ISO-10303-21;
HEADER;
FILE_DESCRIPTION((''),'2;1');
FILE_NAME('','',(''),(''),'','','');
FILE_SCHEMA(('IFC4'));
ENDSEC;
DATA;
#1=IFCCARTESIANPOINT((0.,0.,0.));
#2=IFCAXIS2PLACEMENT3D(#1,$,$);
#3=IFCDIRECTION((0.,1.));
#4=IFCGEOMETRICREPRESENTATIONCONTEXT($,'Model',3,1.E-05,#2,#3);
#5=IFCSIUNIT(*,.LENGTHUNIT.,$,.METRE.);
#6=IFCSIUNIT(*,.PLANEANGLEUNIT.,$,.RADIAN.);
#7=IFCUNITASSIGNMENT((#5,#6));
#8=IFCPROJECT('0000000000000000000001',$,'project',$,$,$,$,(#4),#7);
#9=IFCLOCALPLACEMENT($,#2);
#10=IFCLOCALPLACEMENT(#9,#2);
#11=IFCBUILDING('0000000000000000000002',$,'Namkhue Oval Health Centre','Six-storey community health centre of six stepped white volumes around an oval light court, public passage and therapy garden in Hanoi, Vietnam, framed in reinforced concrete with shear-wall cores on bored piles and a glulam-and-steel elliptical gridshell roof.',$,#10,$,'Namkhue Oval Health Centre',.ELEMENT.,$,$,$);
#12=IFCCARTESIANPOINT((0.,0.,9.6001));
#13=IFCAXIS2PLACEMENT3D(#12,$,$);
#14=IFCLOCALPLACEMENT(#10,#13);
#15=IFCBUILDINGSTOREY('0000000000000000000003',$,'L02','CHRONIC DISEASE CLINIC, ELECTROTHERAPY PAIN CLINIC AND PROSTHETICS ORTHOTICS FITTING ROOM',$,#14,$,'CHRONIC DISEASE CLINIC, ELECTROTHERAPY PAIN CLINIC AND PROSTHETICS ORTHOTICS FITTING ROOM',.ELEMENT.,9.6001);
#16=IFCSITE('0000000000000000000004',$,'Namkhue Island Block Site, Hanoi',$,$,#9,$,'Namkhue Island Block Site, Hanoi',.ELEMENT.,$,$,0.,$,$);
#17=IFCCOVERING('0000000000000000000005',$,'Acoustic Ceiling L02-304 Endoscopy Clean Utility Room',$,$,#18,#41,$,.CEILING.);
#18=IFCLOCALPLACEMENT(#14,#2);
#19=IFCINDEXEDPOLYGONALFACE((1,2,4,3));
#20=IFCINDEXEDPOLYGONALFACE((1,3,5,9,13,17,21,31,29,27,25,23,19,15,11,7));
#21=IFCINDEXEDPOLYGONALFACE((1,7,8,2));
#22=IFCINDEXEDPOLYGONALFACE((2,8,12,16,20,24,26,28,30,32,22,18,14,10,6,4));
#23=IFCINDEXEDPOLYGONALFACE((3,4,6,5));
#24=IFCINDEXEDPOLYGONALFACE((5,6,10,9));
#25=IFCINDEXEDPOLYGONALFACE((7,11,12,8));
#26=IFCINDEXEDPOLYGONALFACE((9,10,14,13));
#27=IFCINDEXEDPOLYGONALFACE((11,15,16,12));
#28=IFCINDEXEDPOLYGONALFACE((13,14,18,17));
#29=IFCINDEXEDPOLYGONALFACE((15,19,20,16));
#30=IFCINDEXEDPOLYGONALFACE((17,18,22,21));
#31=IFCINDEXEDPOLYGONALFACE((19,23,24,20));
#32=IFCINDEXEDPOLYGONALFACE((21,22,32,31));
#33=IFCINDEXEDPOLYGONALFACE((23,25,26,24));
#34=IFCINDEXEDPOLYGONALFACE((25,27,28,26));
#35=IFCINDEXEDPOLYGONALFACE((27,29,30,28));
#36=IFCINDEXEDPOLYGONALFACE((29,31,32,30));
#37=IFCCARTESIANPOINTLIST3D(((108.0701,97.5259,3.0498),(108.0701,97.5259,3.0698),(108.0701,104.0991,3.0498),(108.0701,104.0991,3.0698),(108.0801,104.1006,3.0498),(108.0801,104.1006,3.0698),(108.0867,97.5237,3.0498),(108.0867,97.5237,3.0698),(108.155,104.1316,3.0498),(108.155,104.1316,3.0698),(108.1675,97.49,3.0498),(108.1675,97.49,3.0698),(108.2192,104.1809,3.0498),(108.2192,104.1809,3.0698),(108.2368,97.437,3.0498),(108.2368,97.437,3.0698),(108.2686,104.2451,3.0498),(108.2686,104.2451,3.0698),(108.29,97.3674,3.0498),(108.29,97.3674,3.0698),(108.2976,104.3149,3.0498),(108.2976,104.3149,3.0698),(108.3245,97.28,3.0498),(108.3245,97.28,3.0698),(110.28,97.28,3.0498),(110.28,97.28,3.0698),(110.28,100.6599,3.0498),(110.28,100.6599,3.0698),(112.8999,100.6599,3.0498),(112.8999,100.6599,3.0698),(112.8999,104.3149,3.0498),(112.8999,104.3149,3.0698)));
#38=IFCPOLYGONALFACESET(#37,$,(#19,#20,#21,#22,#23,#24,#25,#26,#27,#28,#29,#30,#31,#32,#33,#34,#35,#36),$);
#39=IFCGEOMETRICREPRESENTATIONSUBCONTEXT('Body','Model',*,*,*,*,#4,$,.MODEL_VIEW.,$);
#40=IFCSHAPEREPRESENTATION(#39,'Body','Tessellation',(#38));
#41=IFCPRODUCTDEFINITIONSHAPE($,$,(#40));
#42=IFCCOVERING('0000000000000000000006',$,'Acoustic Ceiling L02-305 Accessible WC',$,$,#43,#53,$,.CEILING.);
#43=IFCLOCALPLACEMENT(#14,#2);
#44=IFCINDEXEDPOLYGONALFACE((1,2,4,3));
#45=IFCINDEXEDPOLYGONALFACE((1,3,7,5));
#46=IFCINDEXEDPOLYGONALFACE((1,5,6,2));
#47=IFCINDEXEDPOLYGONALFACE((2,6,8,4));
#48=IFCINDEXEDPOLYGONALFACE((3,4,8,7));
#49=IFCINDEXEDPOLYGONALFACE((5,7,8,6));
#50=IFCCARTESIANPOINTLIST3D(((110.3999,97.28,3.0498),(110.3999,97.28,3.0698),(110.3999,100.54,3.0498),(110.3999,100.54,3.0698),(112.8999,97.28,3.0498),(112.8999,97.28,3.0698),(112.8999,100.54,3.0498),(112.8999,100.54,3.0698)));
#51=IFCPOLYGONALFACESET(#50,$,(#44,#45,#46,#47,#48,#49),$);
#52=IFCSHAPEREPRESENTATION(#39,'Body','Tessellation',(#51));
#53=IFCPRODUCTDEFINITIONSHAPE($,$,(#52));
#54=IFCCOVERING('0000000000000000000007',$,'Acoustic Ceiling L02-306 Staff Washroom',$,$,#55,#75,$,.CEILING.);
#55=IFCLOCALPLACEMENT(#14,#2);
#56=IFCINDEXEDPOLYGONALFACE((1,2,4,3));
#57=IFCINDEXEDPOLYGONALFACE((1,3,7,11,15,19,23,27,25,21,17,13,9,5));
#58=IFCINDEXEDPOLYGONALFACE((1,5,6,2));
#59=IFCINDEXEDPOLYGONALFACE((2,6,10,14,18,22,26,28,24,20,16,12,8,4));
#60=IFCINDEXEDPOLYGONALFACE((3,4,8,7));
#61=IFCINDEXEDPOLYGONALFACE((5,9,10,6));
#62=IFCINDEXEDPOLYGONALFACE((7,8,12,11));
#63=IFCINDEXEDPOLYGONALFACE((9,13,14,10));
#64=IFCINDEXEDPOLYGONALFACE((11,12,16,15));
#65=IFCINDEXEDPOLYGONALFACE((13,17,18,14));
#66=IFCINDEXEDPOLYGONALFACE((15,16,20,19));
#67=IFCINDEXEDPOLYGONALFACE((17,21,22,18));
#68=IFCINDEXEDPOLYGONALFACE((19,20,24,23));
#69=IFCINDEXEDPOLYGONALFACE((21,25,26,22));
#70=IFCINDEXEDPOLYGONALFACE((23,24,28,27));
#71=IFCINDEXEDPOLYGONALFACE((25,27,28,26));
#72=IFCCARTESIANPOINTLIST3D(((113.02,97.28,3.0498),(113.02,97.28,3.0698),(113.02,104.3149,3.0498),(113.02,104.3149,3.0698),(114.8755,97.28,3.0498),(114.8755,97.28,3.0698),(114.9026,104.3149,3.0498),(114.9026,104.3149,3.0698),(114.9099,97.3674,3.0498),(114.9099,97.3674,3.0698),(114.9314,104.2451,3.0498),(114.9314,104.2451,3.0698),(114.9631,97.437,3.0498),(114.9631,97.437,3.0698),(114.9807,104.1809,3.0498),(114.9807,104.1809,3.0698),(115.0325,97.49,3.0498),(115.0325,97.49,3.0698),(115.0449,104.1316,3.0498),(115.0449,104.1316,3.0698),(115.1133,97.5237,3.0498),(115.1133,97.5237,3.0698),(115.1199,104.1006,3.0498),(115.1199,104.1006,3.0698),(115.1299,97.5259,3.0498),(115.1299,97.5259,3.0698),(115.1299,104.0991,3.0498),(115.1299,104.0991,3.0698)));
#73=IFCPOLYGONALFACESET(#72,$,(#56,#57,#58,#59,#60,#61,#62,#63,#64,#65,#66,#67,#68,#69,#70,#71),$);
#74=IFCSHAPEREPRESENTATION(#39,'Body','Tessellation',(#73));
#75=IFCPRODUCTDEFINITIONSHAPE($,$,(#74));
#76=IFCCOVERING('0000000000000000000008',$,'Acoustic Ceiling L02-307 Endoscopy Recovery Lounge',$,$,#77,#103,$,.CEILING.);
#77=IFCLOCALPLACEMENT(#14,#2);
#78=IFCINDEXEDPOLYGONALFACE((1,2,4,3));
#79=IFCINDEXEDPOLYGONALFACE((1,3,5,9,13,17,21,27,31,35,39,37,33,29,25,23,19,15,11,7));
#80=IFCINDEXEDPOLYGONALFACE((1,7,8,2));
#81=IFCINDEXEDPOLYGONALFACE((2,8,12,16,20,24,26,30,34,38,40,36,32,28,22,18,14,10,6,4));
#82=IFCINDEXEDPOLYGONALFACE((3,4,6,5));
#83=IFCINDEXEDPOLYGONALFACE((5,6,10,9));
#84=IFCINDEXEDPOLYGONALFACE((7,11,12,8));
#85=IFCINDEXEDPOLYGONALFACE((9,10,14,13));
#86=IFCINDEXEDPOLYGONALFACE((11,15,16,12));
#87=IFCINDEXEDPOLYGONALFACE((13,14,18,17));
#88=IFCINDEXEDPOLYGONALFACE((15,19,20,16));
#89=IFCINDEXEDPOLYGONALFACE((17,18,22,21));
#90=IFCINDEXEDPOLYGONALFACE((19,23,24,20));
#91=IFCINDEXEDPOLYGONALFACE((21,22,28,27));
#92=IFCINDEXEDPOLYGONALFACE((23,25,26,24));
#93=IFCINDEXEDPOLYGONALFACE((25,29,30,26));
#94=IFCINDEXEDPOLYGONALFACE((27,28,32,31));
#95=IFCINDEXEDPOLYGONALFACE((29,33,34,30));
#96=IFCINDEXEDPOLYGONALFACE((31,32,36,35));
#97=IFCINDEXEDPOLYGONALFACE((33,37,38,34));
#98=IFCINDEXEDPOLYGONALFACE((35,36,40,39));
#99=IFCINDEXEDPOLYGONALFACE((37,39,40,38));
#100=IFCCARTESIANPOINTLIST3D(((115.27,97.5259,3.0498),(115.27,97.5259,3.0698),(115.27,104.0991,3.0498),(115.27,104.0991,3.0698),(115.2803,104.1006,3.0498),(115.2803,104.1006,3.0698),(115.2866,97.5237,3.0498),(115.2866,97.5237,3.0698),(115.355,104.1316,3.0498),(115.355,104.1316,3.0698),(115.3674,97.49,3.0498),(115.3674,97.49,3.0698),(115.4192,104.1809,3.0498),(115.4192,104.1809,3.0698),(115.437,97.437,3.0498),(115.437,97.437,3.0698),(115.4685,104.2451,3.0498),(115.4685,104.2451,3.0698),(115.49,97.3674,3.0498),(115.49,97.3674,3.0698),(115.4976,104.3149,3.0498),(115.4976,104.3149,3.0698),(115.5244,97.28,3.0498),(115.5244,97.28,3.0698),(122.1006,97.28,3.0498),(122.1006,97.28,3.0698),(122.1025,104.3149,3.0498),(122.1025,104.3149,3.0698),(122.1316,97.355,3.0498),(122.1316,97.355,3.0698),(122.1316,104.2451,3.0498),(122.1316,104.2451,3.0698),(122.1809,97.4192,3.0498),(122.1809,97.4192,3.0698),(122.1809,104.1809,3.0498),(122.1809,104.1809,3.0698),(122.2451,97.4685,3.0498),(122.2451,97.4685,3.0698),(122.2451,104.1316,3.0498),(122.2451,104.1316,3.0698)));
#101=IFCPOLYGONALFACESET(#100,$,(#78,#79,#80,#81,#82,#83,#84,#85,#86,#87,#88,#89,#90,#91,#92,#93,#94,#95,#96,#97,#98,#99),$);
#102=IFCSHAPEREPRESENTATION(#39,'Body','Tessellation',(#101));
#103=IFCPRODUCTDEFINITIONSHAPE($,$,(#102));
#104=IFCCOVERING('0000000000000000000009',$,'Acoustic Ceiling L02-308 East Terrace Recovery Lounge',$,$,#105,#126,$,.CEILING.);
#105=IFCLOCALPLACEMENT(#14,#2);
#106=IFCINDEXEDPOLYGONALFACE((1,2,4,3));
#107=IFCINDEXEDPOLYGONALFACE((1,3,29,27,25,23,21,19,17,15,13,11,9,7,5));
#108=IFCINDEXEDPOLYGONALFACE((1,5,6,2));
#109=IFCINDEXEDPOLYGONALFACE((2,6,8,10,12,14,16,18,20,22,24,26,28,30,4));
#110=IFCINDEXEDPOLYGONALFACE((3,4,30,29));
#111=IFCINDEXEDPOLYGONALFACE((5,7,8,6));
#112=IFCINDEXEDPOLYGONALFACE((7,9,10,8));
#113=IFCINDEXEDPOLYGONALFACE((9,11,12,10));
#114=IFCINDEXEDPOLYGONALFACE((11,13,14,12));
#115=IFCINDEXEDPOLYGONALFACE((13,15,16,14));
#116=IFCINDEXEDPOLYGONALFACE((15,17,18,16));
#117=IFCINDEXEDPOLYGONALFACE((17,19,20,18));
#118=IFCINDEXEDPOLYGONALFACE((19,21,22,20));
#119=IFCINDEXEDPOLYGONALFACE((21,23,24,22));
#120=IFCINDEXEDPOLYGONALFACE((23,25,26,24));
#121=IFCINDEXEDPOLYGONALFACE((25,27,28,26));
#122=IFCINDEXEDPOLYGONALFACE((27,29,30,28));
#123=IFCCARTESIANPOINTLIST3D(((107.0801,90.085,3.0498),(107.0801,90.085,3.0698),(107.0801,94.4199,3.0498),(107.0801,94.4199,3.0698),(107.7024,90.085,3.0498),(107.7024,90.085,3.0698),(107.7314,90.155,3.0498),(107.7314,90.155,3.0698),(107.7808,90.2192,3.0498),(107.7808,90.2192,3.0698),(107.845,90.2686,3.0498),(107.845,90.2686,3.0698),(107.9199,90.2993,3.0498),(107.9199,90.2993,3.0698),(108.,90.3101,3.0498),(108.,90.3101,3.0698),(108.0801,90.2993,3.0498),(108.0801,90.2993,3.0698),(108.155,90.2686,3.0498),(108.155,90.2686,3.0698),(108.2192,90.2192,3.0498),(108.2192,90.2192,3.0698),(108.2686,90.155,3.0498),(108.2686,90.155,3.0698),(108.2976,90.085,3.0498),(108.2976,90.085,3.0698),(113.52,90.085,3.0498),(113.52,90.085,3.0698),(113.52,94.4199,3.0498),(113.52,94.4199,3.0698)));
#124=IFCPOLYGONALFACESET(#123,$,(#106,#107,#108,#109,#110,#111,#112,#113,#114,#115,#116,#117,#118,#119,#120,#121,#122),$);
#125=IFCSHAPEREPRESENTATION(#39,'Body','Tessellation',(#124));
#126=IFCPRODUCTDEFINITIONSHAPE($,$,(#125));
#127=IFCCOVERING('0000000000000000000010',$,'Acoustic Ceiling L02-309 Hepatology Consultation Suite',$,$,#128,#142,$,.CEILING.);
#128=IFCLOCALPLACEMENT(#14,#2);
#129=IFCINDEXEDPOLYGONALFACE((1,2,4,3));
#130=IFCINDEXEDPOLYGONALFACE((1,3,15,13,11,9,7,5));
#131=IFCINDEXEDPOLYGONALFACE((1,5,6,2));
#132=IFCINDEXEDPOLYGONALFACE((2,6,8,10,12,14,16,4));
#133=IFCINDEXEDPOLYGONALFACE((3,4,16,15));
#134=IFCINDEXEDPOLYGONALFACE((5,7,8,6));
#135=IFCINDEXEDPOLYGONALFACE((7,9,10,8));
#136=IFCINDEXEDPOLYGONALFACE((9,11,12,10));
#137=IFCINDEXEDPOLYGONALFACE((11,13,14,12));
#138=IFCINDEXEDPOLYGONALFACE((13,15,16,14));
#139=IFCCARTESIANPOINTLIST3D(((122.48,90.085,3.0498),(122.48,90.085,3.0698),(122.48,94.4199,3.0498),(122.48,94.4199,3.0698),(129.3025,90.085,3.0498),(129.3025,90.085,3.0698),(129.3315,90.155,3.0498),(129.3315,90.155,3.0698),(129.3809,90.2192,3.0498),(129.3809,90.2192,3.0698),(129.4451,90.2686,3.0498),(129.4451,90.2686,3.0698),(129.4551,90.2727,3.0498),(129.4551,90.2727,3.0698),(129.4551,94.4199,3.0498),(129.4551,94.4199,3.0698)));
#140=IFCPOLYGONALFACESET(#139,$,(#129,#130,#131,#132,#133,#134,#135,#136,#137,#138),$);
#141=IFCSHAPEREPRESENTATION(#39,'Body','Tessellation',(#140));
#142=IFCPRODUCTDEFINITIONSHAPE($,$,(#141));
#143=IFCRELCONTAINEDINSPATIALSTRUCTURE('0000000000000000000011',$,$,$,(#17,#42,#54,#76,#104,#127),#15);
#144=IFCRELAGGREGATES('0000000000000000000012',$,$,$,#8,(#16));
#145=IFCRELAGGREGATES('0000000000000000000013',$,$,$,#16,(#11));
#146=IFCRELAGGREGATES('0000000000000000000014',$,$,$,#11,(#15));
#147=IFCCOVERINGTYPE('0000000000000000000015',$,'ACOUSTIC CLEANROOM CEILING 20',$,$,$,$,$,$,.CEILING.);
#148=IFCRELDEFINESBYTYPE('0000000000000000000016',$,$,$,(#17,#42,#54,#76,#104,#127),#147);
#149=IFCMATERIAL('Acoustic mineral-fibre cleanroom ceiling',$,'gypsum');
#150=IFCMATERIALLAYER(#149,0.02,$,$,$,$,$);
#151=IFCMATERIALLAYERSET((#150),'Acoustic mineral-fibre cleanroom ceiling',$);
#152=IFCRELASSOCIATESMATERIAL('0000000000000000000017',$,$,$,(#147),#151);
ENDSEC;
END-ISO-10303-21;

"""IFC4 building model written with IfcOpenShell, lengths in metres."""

from ifc_helpers import new_model, si_unit, direction, frame, origin, place, context, subcontext, project, spatial, polyline, outline, extrude, material, layer, layer_set, type_object, element, save


model = new_model("IFC4")

# Units and contexts
model_context = context("Model", 3, precision=1e-05, world=origin(), true_north=direction((0.0, 1.0)))
body_context = subcontext(model_context, "Body", "Model", "MODEL_VIEW")
ifc_project = project(units=[si_unit("LENGTHUNIT", "METRE"), si_unit("PLANEANGLEUNIT", "RADIAN")], contexts=[model_context])

# Site, building, storey
site_placement = place(None, origin())
site = spatial("IfcSite", under=ifc_project, at=site_placement, Name="Namkhue Island Block Site, Hanoi", LongName="Namkhue Island Block Site, Hanoi", CompositionType="ELEMENT", RefElevation=0.0)
building_placement = place(site_placement, origin())
building = spatial("IfcBuilding", under=site, at=building_placement, Name="Namkhue Oval Health Centre", Description="Six-storey community health centre of six stepped white volumes around an oval light court, public passage and therapy garden in Hanoi, Vietnam, framed in reinforced concrete with shear-wall cores on bored piles and a glulam-and-steel elliptical gridshell roof.", LongName="Namkhue Oval Health Centre", CompositionType="ELEMENT")
storey_placement = place(building_placement, frame((0.0, 0.0, 9.6001)))
storey = spatial("IfcBuildingStorey", under=building, at=storey_placement, Name="L02", Description="CHRONIC DISEASE CLINIC, ELECTROTHERAPY PAIN CLINIC AND PROSTHETICS ORTHOTICS FITTING ROOM", LongName="CHRONIC DISEASE CLINIC, ELECTROTHERAPY PAIN CLINIC AND PROSTHETICS ORTHOTICS FITTING ROOM", CompositionType="ELEMENT", Elevation=9.6001)

# Coverings
ifc_material = material(Name="Acoustic mineral-fibre cleanroom ceiling", Category="gypsum")
ifc_layer = layer(ifc_material, 0.02)
ifc_layer_set = layer_set([ifc_layer], Name="Acoustic mineral-fibre cleanroom ceiling")
covering_type = type_object("IfcCoveringType", Name="ACOUSTIC CLEANROOM CEILING 20", PredefinedType="CEILING", material=ifc_layer_set)
covering_1_placement = place(storey_placement, frame((0.0, 0.0, 3.0498)))
element("IfcCovering", 1, at=covering_1_placement, inside=storey, type_object=covering_type, Name="Acoustic Ceiling L02-304 Endoscopy Clean Utility Room", PredefinedType="CEILING", context=body_context, shape_type="SweptSolid", body=[
    extrude(outline(polyline([(112.8999, 104.3149), (112.8999, 100.6599), (110.28, 100.6599), (110.28, 97.28), (108.3245, 97.28), (108.29, 97.3674), (108.2368, 97.437), (108.1675, 97.49), (108.0867, 97.5237), (108.0701, 97.5259), (108.0701, 104.0991), (108.0801, 104.1006), (108.155, 104.1316), (108.2192, 104.1809), (108.2686, 104.2451), (108.2976, 104.3149), (112.8999, 104.3149)])), origin(), (0.0, 0.0, 1.0), 0.02),
])
covering_2_placement = place(storey_placement, frame((0.0, 0.0, 3.0498)))
element("IfcCovering", 2, at=covering_2_placement, inside=storey, type_object=covering_type, Name="Acoustic Ceiling L02-305 Accessible WC", PredefinedType="CEILING", context=body_context, shape_type="SweptSolid", body=[
    extrude(outline(polyline([(112.8999, 100.54), (112.8999, 97.28), (110.3999, 97.28), (110.3999, 100.54), (112.8999, 100.54)])), origin(), (0.0, 0.0, 1.0), 0.02),
])
covering_3_placement = place(storey_placement, frame((0.0, 0.0, 3.0498)))
element("IfcCovering", 3, at=covering_3_placement, inside=storey, type_object=covering_type, Name="Acoustic Ceiling L02-306 Staff Washroom", PredefinedType="CEILING", context=body_context, shape_type="SweptSolid", body=[
    extrude(outline(polyline([(113.02, 97.28), (113.02, 104.3149), (114.9026, 104.3149), (114.9314, 104.2451), (114.9807, 104.1809), (115.0449, 104.1316), (115.1199, 104.1006), (115.1299, 104.0991), (115.1299, 97.5259), (115.1133, 97.5237), (115.0325, 97.49), (114.9631, 97.437), (114.9099, 97.3674), (114.8755, 97.28), (113.02, 97.28)])), origin(), (0.0, 0.0, 1.0), 0.02),
])
covering_4_placement = place(storey_placement, frame((0.0, 0.0, 3.0498)))
element("IfcCovering", 4, at=covering_4_placement, inside=storey, type_object=covering_type, Name="Acoustic Ceiling L02-307 Endoscopy Recovery Lounge", PredefinedType="CEILING", context=body_context, shape_type="SweptSolid", body=[
    extrude(outline(polyline([(115.5244, 97.28), (115.49, 97.3674), (115.437, 97.437), (115.3674, 97.49), (115.2866, 97.5237), (115.27, 97.5259), (115.27, 104.0991), (115.2803, 104.1006), (115.355, 104.1316), (115.4192, 104.1809), (115.4685, 104.2451), (115.4976, 104.3149), (122.1025, 104.3149), (122.1316, 104.2451), (122.1809, 104.1809), (122.2451, 104.1316), (122.2451, 97.4685), (122.1809, 97.4192), (122.1316, 97.355), (122.1006, 97.28), (115.5244, 97.28)])), origin(), (0.0, 0.0, 1.0), 0.02),
])
covering_5_placement = place(storey_placement, frame((0.0, 0.0, 3.0498)))
element("IfcCovering", 5, at=covering_5_placement, inside=storey, type_object=covering_type, Name="Acoustic Ceiling L02-308 East Terrace Recovery Lounge", PredefinedType="CEILING", context=body_context, shape_type="SweptSolid", body=[
    extrude(outline(polyline([(108.2976, 90.085), (108.2686, 90.155), (108.2192, 90.2192), (108.155, 90.2686), (108.0801, 90.2993), (108.0, 90.3101), (107.9199, 90.2993), (107.845, 90.2686), (107.7808, 90.2192), (107.7314, 90.155), (107.7024, 90.085), (107.0801, 90.085), (107.0801, 94.4199), (113.52, 94.4199), (113.52, 90.085), (108.2976, 90.085)])), origin(), (0.0, 0.0, 1.0), 0.02),
])
covering_6_placement = place(storey_placement, frame((0.0, 0.0, 3.0498)))
element("IfcCovering", 6, at=covering_6_placement, inside=storey, type_object=covering_type, Name="Acoustic Ceiling L02-309 Hepatology Consultation Suite", PredefinedType="CEILING", context=body_context, shape_type="SweptSolid", body=[
    extrude(outline(polyline([(122.48, 90.085), (122.48, 94.4199), (129.4551, 94.4199), (129.4551, 90.2727), (129.4451, 90.2686), (129.3809, 90.2192), (129.3315, 90.155), (129.3025, 90.085), (122.48, 90.085)])), origin(), (0.0, 0.0, 1.0), 0.02),
])

save(model, "model.ifc")
